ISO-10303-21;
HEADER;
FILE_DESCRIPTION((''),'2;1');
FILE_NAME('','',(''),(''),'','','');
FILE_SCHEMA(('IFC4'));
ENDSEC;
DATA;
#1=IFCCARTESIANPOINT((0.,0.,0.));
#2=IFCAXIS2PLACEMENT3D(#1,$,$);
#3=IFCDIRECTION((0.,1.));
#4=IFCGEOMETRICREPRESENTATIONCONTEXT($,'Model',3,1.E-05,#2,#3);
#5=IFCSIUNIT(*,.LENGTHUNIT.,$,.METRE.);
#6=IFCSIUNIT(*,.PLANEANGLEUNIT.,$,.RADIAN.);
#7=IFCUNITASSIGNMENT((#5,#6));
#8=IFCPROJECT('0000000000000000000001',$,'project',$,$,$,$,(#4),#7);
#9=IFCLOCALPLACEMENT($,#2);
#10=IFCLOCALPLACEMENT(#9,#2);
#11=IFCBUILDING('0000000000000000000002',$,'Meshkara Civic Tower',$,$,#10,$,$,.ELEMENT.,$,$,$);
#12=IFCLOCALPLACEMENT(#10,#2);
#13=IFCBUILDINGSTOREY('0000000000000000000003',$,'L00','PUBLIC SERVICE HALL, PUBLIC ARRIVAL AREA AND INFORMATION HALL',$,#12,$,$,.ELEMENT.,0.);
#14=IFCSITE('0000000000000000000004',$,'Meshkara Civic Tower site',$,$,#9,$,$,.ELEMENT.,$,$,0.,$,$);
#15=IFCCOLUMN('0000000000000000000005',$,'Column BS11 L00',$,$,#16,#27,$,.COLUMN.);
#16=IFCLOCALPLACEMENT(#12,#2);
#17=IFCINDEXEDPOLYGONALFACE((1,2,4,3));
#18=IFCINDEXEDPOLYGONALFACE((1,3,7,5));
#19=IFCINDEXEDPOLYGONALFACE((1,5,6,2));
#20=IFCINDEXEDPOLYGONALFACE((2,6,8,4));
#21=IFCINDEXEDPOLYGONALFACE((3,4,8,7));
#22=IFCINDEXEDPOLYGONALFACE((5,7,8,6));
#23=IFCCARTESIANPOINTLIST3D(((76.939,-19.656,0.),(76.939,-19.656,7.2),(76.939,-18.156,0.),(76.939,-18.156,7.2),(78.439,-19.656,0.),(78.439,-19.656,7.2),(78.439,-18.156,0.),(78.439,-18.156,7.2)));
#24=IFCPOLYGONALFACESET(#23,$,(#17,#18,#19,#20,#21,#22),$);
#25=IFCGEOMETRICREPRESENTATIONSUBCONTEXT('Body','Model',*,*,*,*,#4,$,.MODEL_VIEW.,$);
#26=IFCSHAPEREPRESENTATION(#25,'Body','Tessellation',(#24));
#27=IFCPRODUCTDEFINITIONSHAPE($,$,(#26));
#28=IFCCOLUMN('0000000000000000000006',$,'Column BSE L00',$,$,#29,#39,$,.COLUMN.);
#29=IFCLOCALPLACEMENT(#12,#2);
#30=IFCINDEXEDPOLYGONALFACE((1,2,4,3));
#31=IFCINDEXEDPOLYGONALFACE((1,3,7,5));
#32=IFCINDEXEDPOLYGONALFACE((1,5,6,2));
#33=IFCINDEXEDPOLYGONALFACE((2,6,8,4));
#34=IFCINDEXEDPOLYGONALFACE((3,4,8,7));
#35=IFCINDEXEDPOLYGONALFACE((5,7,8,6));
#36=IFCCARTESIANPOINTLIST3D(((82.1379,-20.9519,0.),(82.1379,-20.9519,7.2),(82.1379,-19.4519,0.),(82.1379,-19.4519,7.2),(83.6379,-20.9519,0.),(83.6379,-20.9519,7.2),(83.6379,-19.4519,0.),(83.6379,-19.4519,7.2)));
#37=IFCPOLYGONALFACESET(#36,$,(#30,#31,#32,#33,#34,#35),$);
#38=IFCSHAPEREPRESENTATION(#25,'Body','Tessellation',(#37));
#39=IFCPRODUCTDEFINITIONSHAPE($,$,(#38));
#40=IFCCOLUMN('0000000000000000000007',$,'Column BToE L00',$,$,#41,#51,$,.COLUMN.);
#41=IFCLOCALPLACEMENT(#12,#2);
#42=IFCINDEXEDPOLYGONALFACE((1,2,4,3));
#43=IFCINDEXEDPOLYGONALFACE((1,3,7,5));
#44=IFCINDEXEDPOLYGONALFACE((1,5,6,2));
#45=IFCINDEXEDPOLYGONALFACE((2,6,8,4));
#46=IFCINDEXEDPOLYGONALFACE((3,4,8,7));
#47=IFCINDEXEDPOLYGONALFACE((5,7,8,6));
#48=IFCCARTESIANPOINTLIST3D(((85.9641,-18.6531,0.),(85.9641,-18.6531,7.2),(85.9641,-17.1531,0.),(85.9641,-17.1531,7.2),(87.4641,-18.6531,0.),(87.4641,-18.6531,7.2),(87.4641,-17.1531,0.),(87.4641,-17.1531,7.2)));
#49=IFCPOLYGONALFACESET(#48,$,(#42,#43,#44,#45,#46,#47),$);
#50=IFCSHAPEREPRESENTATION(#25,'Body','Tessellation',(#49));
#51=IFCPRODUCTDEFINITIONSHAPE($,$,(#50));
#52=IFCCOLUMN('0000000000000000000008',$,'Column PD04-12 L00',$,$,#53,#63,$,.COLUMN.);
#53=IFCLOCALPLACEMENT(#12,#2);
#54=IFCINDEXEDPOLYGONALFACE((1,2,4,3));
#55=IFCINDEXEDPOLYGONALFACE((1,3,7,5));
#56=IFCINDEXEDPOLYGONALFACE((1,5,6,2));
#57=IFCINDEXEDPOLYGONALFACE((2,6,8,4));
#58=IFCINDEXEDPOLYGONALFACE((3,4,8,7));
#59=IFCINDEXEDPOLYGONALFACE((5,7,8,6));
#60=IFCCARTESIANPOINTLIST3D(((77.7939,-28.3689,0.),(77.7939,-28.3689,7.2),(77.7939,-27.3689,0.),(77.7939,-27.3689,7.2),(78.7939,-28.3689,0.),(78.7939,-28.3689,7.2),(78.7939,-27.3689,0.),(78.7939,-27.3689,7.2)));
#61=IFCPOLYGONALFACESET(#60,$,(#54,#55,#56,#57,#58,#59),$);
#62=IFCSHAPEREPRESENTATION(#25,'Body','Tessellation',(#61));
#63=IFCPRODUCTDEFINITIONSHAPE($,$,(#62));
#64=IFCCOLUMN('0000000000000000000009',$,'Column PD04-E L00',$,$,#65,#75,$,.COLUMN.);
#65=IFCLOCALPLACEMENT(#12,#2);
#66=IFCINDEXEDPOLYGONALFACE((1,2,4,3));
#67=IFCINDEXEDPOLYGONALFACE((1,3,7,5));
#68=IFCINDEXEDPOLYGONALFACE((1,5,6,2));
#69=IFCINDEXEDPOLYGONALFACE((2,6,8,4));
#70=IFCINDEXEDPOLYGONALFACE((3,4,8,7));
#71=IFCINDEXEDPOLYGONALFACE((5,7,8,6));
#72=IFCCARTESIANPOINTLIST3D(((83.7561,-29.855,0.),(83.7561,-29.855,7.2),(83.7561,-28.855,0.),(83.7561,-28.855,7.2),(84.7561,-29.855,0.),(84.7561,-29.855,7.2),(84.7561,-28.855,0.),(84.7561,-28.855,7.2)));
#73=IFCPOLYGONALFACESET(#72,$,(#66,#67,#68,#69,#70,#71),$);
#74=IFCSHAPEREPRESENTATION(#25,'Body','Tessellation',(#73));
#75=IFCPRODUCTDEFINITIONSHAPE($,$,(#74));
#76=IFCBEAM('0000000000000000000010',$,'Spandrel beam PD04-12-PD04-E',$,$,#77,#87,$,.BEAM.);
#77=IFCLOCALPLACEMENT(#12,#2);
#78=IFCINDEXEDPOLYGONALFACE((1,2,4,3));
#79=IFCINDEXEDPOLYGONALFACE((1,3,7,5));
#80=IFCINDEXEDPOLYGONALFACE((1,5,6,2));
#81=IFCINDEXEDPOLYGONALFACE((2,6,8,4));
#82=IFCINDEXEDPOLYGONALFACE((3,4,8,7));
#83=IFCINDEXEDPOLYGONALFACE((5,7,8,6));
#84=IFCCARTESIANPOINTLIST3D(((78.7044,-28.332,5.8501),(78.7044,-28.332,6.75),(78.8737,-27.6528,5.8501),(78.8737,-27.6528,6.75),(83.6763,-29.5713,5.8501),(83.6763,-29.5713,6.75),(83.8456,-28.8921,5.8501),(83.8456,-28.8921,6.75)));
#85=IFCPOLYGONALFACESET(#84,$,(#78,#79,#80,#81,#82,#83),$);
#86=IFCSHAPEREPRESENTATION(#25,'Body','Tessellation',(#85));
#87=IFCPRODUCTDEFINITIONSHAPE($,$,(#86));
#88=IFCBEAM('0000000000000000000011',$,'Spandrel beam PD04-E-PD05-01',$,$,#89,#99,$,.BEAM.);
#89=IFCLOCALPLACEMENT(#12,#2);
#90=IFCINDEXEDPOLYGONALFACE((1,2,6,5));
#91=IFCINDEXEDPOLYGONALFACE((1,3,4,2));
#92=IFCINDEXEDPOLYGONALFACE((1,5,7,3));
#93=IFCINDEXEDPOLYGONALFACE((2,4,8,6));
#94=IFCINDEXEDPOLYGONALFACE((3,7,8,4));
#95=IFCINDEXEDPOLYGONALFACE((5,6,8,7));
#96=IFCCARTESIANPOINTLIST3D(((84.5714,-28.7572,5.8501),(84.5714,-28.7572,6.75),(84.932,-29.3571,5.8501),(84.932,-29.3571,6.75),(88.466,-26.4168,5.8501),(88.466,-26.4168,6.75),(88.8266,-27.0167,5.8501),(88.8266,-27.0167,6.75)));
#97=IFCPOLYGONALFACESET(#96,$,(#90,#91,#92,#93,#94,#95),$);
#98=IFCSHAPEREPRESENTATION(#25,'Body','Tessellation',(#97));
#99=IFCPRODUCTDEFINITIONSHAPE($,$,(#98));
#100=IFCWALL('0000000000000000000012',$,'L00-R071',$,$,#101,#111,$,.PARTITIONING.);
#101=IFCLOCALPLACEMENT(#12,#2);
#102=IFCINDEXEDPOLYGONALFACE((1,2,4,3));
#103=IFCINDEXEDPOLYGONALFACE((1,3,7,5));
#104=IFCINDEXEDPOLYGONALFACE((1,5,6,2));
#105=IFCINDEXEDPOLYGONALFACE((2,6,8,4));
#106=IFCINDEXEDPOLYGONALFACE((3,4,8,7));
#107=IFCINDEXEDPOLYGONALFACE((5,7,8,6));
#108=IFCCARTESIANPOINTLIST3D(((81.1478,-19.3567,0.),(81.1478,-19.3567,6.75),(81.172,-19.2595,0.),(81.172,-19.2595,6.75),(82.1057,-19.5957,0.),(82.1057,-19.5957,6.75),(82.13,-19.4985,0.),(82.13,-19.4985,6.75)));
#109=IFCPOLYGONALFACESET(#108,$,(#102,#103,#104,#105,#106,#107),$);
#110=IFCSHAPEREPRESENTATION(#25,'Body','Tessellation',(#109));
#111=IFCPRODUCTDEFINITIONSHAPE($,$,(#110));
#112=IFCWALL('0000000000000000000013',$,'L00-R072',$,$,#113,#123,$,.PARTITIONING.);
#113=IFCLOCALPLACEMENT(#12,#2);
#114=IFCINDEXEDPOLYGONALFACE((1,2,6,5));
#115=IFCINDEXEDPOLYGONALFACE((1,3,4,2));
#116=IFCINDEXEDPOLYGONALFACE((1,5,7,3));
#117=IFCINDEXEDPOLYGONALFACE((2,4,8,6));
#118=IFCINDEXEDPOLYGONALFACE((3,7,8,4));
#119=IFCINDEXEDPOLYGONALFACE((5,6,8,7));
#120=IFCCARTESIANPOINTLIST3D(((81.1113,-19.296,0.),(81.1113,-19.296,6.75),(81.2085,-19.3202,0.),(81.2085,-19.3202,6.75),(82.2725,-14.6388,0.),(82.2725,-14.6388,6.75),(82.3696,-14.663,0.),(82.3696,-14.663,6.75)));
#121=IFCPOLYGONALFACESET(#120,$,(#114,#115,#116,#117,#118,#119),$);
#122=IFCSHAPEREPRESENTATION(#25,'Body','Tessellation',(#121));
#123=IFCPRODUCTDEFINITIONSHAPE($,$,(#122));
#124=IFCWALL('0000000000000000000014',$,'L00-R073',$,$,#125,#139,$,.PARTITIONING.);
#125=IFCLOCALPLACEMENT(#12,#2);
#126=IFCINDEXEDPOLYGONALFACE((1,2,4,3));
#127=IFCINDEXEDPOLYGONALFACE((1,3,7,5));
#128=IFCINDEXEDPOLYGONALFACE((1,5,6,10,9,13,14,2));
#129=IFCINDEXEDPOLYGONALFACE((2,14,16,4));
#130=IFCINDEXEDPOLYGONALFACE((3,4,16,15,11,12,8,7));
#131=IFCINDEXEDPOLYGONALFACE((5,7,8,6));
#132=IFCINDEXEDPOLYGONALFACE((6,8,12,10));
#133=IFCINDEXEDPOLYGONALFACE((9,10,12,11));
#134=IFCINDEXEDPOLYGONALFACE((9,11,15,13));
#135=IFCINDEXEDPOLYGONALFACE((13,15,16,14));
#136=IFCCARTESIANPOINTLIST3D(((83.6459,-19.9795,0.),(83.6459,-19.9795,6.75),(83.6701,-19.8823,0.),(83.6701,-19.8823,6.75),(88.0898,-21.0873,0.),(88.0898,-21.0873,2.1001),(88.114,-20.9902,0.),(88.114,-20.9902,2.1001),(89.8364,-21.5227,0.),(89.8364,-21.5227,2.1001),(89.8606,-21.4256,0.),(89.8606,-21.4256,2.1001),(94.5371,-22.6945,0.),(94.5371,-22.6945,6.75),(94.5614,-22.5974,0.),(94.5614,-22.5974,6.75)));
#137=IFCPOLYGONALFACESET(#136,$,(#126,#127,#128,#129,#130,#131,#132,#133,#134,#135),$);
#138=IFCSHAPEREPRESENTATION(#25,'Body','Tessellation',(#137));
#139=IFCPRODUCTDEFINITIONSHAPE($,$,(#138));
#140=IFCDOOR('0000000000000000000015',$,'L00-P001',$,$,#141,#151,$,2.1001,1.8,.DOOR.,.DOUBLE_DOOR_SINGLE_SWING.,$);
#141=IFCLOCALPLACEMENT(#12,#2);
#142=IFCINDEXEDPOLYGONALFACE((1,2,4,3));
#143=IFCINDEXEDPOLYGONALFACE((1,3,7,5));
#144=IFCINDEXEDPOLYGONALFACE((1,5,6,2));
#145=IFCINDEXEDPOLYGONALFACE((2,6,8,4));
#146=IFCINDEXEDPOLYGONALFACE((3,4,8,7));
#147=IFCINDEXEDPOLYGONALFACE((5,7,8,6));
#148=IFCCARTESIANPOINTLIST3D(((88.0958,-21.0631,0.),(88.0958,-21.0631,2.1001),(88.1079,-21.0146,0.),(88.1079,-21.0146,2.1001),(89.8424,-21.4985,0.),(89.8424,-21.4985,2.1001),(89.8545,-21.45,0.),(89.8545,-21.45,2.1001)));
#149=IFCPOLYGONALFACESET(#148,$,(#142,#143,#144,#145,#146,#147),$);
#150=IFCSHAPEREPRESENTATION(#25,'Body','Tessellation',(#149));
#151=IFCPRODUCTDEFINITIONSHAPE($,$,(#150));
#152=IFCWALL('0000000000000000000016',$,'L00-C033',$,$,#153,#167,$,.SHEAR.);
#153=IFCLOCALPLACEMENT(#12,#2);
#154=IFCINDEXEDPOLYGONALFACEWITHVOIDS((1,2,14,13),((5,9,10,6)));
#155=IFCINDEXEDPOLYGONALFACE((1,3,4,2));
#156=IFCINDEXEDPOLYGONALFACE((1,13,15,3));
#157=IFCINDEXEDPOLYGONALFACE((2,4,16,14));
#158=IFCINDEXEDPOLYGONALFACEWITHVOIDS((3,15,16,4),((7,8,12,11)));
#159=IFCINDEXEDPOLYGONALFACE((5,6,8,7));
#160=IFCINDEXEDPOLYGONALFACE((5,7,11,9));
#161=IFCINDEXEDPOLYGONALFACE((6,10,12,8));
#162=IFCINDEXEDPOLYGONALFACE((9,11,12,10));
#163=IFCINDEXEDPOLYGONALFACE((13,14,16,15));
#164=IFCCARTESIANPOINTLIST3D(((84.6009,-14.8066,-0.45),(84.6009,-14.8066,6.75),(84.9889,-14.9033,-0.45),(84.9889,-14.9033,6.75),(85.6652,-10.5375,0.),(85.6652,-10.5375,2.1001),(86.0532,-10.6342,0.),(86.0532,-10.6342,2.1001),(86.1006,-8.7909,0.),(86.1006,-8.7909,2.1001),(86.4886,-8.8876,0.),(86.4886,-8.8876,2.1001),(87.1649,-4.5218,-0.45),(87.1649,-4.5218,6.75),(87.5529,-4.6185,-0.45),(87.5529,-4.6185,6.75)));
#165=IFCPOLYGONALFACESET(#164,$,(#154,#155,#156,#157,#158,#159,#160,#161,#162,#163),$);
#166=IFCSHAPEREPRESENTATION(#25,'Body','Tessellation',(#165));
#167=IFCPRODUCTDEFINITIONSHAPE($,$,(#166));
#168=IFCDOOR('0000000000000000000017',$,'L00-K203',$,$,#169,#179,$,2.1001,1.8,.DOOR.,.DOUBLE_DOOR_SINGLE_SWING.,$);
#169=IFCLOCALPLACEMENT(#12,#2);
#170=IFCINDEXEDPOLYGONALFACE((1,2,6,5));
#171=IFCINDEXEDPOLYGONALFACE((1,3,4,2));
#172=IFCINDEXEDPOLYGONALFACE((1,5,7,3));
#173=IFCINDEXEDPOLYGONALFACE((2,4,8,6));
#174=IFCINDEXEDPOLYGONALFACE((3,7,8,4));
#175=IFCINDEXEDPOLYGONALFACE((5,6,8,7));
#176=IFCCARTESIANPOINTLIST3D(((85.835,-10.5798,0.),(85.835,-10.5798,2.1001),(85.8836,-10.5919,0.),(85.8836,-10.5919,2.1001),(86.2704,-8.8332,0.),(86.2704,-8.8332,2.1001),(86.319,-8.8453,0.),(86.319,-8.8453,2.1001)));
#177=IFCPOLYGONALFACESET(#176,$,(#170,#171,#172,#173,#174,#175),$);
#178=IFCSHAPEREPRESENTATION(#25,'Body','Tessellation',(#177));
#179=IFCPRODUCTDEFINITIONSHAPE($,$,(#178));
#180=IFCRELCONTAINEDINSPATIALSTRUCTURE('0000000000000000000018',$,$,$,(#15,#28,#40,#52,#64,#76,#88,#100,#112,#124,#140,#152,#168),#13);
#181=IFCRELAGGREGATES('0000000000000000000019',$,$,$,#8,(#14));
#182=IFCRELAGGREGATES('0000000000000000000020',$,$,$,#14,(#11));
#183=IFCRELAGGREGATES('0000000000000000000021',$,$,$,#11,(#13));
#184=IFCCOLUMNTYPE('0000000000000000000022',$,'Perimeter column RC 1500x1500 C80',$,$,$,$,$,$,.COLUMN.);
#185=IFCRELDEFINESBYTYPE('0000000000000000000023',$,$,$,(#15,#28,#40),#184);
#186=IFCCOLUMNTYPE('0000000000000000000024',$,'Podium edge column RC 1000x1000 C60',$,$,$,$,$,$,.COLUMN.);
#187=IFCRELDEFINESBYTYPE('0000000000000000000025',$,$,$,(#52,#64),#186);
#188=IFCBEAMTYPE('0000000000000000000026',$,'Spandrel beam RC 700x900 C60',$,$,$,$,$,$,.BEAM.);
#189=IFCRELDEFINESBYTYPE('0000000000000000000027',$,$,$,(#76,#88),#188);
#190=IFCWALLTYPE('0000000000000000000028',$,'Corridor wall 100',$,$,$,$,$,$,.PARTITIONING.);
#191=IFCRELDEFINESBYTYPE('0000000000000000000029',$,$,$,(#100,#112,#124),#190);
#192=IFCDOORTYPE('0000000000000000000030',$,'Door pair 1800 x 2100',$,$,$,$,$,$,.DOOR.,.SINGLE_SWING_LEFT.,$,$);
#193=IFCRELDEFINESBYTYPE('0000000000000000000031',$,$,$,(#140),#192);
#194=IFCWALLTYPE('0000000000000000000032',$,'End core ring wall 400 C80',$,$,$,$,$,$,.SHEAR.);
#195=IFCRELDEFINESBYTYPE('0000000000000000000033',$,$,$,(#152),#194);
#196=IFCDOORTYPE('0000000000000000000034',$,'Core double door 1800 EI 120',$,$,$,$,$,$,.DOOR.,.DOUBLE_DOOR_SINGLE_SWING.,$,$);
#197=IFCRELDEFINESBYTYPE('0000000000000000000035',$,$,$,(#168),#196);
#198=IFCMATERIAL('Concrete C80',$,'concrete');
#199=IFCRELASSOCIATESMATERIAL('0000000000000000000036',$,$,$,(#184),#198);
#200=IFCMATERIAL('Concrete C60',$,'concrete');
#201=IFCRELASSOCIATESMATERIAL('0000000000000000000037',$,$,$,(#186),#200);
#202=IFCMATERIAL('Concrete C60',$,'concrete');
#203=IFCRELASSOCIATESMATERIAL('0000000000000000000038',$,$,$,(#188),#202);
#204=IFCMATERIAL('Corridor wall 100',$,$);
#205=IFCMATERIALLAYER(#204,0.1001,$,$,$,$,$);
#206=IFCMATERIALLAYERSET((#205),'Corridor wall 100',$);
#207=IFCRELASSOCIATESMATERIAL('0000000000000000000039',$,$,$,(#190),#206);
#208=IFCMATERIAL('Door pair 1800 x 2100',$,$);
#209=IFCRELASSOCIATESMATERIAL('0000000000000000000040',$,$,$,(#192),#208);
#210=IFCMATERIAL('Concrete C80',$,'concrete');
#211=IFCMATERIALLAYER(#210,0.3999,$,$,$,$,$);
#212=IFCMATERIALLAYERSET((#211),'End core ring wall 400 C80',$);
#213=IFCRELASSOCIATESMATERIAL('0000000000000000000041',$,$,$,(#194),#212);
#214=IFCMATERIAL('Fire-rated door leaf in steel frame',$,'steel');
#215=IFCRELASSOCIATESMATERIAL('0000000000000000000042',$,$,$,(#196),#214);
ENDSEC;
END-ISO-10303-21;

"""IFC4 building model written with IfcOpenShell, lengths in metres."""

from ifc_helpers import new_model, si_unit, direction, frame, frame_2d, origin, origin_2d, place, context, subcontext, project, spatial, rectangle, extrude, material, layer, layer_set, material_profile, profile_set, type_object, element, fill, save


model = new_model("IFC4")

# Units and contexts
model_context = context("Model", 3, precision=1e-05, world=origin(), true_north=direction((0.0, 1.0)))
body_context = subcontext(model_context, "Body", "Model", "MODEL_VIEW")
ifc_project = project(units=[si_unit("LENGTHUNIT", "METRE"), si_unit("PLANEANGLEUNIT", "RADIAN")], contexts=[model_context])

# Site, building, storey
site_placement = place(None, origin())
site = spatial("IfcSite", under=ifc_project, at=site_placement, Name="Meshkara Civic Tower site", CompositionType="ELEMENT", RefElevation=0.0)
building_placement = place(site_placement, origin())
building = spatial("IfcBuilding", under=site, at=building_placement, Name="Meshkara Civic Tower", CompositionType="ELEMENT")
storey_placement = place(building_placement, origin())
storey = spatial("IfcBuildingStorey", under=building, at=storey_placement, Name="L00", Description="PUBLIC SERVICE HALL, PUBLIC ARRIVAL AREA AND INFORMATION HALL", CompositionType="ELEMENT", Elevation=0.0)

# Columns
ifc_material_1 = material(Name="Concrete C80", Category="concrete")
ifc_material_profile_1 = material_profile(ifc_material_1, rectangle(XDim=1.5, YDim=1.5, at=origin_2d()))
ifc_profile_set_1 = profile_set([ifc_material_profile_1], Name="Concrete C80")
column_type_1 = type_object("IfcColumnType", Name="Perimeter column RC 1500x1500 C80", PredefinedType="COLUMN", material=ifc_profile_set_1)
for number, where, z_axis, x_axis, name in (
    (1, (77.689, -18.906, 0.0), (0.0, 0.0, 1.0), (1.0, 0.0, 0.0), "Column BS11 L00"),
    (2, (82.8879, -20.2019, 0.0), (0.0, 0.0, 1.0), (1.0, 0.0, 0.0), "Column BSE L00"),
    (3, (86.7141, -17.9031, 0.0), (0.0, 0.0, 1.0), (1.0, 0.0, 0.0), "Column BToE L00"),
):
    element("IfcColumn", number, at=place(storey_placement, frame(where, z_axis=z_axis, x_axis=x_axis)), inside=storey, type_object=column_type_1, Name=name, PredefinedType="COLUMN", context=body_context, shape_type="SweptSolid", body=[
        extrude(rectangle(XDim=1.5, YDim=1.5, at=origin_2d()), origin(), (0.0, 0.0, 1.0), 7.2),
    ])
ifc_material_2 = material(Name="Concrete C60", Category="concrete")
ifc_material_profile_2 = material_profile(ifc_material_2, rectangle(XDim=1.0, YDim=1.0, at=origin_2d()))
ifc_profile_set_2 = profile_set([ifc_material_profile_2], Name="Concrete C60")
column_type_2 = type_object("IfcColumnType", Name="Podium edge column RC 1000x1000 C60", PredefinedType="COLUMN", material=ifc_profile_set_2)
for number, where, z_axis, x_axis, name in (
    (4, (78.2939, -27.8689, 0.0), (0.0, 0.0, 1.0), (1.0, 0.0, 0.0), "Column PD04-12 L00"),
    (5, (84.2561, -29.355, 0.0), (0.0, 0.0, 1.0), (1.0, 0.0, 0.0), "Column PD04-E L00"),
):
    element("IfcColumn", number, at=place(storey_placement, frame(where, z_axis=z_axis, x_axis=x_axis)), inside=storey, type_object=column_type_2, Name=name, PredefinedType="COLUMN", context=body_context, shape_type="SweptSolid", body=[
        extrude(rectangle(XDim=1.0, YDim=1.0, at=origin_2d()), origin(), (0.0, 0.0, 1.0), 7.2),
    ])

# Beams
ifc_material_3 = material(Name="Concrete C60", Category="concrete")
ifc_material_profile_3 = material_profile(ifc_material_3, rectangle(XDim=0.7, YDim=0.8999, at=origin_2d()))
ifc_profile_set_3 = profile_set([ifc_material_profile_3], Name="Concrete C60")
beam_type = type_object("IfcBeamType", Name="Spandrel beam RC 700x900 C60", PredefinedType="BEAM", material=ifc_profile_set_3)
beam_1_placement = place(storey_placement, frame((78.7891, -27.9924, 6.3), z_axis=(0.970313, -0.241852, 0.0), x_axis=(0.241852, 0.970313, 0.0)))
element("IfcBeam", 6, at=beam_1_placement, inside=storey, type_object=beam_type, Name="Spandrel beam PD04-12-PD04-E", PredefinedType="BEAM", context=body_context, shape_type="SweptSolid", body=[
    extrude(rectangle(XDim=0.7, YDim=0.8999, at=origin_2d()), origin(), (0.0, 0.0, 1.0), 5.124),
])
beam_2_placement = place(storey_placement, frame((84.7517, -29.0571, 6.3), z_axis=(0.857142, 0.51508, 0.0), x_axis=(-0.51508, 0.857142, 0.0)))
element("IfcBeam", 7, at=beam_2_placement, inside=storey, type_object=beam_type, Name="Spandrel beam PD04-E-PD05-01", PredefinedType="BEAM", context=body_context, shape_type="SweptSolid", body=[
    extrude(rectangle(XDim=0.7, YDim=0.8999, at=origin_2d()), origin(), (0.0, 0.0, 1.0), 4.5437),
])

# Walls
ifc_material_4 = material(Name="Corridor wall 100")
ifc_layer_1 = layer(ifc_material_4, 0.1001)
ifc_layer_set_1 = layer_set([ifc_layer_1], Name="Corridor wall 100")
wall_type_1 = type_object("IfcWallType", Name="Corridor wall 100", PredefinedType="PARTITIONING", material=ifc_layer_set_1)
wall_1_placement = place(storey_placement, frame((81.1599, -19.3081, 0.0), z_axis=(0.0, 0.0, 1.0), x_axis=(0.970259, -0.24207, 0.0)))
element("IfcWall", 8, at=wall_1_placement, inside=storey, type_object=wall_type_1, Name="L00-R071", PredefinedType="PARTITIONING", context=body_context, shape_type="SweptSolid", body=[
    extrude(rectangle(XDim=0.9873, YDim=0.1001, at=frame_2d((0.4937, 0.0))), origin(), (0.0, 0.0, 1.0), 6.75),
])
wall_2_placement = place(storey_placement, frame((82.321, -14.6509, 0.0), z_axis=(0.0, 0.0, 1.0), x_axis=(-0.241913, -0.970298, 0.0)))
element("IfcWall", 9, at=wall_2_placement, inside=storey, type_object=wall_type_1, Name="L00-R072", PredefinedType="PARTITIONING", context=body_context, shape_type="SweptSolid", body=[
    extrude(rectangle(XDim=4.7998, YDim=0.1001, at=frame_2d((2.3999, 0.0))), origin(), (0.0, 0.0, 1.0), 6.75),
])

# Walls, openings, doors
wall_3_placement = place(storey_placement, frame((83.658, -19.9309, 0.0), z_axis=(0.0, 0.0, 1.0), x_axis=(0.970305, -0.241886, 0.0)))
wall_3 = element("IfcWall", 10, at=wall_3_placement, inside=storey, type_object=wall_type_1, Name="L00-R073", PredefinedType="PARTITIONING", context=body_context, shape_type="SweptSolid", body=[
    extrude(rectangle(XDim=11.2246, YDim=0.1001, at=frame_2d((5.6123, 0.0))), origin(), (0.0, 0.0, 1.0), 6.75),
])
opening_1_placement = place(wall_3_placement, frame((4.5801, 0.0, 0.0)))
opening_1 = element("IfcOpeningElement", 11, at=opening_1_placement, cuts=wall_3, PredefinedType="OPENING", context=body_context, shape_type="SweptSolid", body=[
    extrude(rectangle(XDim=1.8, YDim=2.1001, at=frame_2d((0.8999, 1.05))), frame((0.0, 0.0601, 0.0), z_axis=(0.0, -1.0, 0.0), x_axis=(1.0, 0.0, 0.0)), (0.0, 0.0, 1.0), 0.1201),
])
ifc_material_5 = material(Name="Door pair 1800 x 2100")
door_type_1 = type_object("IfcDoorType", Name="Door pair 1800 x 2100", OperationType="SINGLE_SWING_LEFT", PredefinedType="DOOR", material=ifc_material_5)
door_1_placement = place(opening_1_placement, origin())
door_1 = element("IfcDoor", 12, at=door_1_placement, inside=storey, type_object=door_type_1, Name="L00-P001", OperationType="DOUBLE_DOOR_SINGLE_SWING", OverallHeight=2.1001, OverallWidth=1.8, PredefinedType="DOOR", context=body_context, shape_type="SweptSolid", body=[
    extrude(rectangle(XDim=1.8, YDim=2.1001, at=frame_2d((0.8999, 1.05))), frame((0.0, 0.0249, 0.0), z_axis=(0.0, -1.0, 0.0), x_axis=(1.0, 0.0, 0.0)), (0.0, 0.0, 1.0), 0.05),
])
fill(opening_1, door_1)
ifc_material_6 = material(Name="Concrete C80", Category="concrete")
ifc_layer_2 = layer(ifc_material_6, 0.3999)
ifc_layer_set_2 = layer_set([ifc_layer_2], Name="End core ring wall 400 C80")
wall_type_2 = type_object("IfcWallType", Name="End core ring wall 400 C80", PredefinedType="SHEAR", material=ifc_layer_set_2)
wall_4_placement = place(storey_placement, frame((84.7949, -14.855, -0.45), z_axis=(0.0, 0.0, 1.0), x_axis=(0.241891, 0.970304, 0.0)))
wall_4 = element("IfcWall", 13, at=wall_4_placement, inside=storey, type_object=wall_type_2, Name="L00-C033", PredefinedType="SHEAR", context=body_context, shape_type="SweptSolid", body=[
    extrude(rectangle(XDim=10.5996, YDim=0.3999, at=frame_2d((5.2998, 0.0))), origin(), (0.0, 0.0, 1.0), 7.2),
])
opening_2_placement = place(wall_4_placement, frame((4.3999, 0.0, 0.45)))
opening_2 = element("IfcOpeningElement", 14, at=opening_2_placement, cuts=wall_4, PredefinedType="OPENING", context=body_context, shape_type="SweptSolid", body=[
    extrude(rectangle(XDim=1.8, YDim=2.1001, at=frame_2d((0.8999, 1.05))), frame((0.0, 0.21, 0.0), z_axis=(0.0, -1.0, 0.0), x_axis=(1.0, 0.0, 0.0)), (0.0, 0.0, 1.0), 0.4199),
])
ifc_material_7 = material(Name="Fire-rated door leaf in steel frame", Category="steel")
door_type_2 = type_object("IfcDoorType", Name="Core double door 1800 EI 120", OperationType="DOUBLE_DOOR_SINGLE_SWING", PredefinedType="DOOR", material=ifc_material_7)
door_2_placement = place(opening_2_placement, origin())
door_2 = element("IfcDoor", 15, at=door_2_placement, inside=storey, type_object=door_type_2, Name="L00-K203", OperationType="DOUBLE_DOOR_SINGLE_SWING", OverallHeight=2.1001, OverallWidth=1.8, PredefinedType="DOOR", context=body_context, shape_type="SweptSolid", body=[
    extrude(rectangle(XDim=1.8, YDim=2.1001, at=frame_2d((0.8999, 1.05))), frame((0.0, 0.0249, 0.0), z_axis=(0.0, -1.0, 0.0), x_axis=(1.0, 0.0, 0.0)), (0.0, 0.0, 1.0), 0.05),
])
fill(opening_2, door_2)

save(model, "model.ifc")
